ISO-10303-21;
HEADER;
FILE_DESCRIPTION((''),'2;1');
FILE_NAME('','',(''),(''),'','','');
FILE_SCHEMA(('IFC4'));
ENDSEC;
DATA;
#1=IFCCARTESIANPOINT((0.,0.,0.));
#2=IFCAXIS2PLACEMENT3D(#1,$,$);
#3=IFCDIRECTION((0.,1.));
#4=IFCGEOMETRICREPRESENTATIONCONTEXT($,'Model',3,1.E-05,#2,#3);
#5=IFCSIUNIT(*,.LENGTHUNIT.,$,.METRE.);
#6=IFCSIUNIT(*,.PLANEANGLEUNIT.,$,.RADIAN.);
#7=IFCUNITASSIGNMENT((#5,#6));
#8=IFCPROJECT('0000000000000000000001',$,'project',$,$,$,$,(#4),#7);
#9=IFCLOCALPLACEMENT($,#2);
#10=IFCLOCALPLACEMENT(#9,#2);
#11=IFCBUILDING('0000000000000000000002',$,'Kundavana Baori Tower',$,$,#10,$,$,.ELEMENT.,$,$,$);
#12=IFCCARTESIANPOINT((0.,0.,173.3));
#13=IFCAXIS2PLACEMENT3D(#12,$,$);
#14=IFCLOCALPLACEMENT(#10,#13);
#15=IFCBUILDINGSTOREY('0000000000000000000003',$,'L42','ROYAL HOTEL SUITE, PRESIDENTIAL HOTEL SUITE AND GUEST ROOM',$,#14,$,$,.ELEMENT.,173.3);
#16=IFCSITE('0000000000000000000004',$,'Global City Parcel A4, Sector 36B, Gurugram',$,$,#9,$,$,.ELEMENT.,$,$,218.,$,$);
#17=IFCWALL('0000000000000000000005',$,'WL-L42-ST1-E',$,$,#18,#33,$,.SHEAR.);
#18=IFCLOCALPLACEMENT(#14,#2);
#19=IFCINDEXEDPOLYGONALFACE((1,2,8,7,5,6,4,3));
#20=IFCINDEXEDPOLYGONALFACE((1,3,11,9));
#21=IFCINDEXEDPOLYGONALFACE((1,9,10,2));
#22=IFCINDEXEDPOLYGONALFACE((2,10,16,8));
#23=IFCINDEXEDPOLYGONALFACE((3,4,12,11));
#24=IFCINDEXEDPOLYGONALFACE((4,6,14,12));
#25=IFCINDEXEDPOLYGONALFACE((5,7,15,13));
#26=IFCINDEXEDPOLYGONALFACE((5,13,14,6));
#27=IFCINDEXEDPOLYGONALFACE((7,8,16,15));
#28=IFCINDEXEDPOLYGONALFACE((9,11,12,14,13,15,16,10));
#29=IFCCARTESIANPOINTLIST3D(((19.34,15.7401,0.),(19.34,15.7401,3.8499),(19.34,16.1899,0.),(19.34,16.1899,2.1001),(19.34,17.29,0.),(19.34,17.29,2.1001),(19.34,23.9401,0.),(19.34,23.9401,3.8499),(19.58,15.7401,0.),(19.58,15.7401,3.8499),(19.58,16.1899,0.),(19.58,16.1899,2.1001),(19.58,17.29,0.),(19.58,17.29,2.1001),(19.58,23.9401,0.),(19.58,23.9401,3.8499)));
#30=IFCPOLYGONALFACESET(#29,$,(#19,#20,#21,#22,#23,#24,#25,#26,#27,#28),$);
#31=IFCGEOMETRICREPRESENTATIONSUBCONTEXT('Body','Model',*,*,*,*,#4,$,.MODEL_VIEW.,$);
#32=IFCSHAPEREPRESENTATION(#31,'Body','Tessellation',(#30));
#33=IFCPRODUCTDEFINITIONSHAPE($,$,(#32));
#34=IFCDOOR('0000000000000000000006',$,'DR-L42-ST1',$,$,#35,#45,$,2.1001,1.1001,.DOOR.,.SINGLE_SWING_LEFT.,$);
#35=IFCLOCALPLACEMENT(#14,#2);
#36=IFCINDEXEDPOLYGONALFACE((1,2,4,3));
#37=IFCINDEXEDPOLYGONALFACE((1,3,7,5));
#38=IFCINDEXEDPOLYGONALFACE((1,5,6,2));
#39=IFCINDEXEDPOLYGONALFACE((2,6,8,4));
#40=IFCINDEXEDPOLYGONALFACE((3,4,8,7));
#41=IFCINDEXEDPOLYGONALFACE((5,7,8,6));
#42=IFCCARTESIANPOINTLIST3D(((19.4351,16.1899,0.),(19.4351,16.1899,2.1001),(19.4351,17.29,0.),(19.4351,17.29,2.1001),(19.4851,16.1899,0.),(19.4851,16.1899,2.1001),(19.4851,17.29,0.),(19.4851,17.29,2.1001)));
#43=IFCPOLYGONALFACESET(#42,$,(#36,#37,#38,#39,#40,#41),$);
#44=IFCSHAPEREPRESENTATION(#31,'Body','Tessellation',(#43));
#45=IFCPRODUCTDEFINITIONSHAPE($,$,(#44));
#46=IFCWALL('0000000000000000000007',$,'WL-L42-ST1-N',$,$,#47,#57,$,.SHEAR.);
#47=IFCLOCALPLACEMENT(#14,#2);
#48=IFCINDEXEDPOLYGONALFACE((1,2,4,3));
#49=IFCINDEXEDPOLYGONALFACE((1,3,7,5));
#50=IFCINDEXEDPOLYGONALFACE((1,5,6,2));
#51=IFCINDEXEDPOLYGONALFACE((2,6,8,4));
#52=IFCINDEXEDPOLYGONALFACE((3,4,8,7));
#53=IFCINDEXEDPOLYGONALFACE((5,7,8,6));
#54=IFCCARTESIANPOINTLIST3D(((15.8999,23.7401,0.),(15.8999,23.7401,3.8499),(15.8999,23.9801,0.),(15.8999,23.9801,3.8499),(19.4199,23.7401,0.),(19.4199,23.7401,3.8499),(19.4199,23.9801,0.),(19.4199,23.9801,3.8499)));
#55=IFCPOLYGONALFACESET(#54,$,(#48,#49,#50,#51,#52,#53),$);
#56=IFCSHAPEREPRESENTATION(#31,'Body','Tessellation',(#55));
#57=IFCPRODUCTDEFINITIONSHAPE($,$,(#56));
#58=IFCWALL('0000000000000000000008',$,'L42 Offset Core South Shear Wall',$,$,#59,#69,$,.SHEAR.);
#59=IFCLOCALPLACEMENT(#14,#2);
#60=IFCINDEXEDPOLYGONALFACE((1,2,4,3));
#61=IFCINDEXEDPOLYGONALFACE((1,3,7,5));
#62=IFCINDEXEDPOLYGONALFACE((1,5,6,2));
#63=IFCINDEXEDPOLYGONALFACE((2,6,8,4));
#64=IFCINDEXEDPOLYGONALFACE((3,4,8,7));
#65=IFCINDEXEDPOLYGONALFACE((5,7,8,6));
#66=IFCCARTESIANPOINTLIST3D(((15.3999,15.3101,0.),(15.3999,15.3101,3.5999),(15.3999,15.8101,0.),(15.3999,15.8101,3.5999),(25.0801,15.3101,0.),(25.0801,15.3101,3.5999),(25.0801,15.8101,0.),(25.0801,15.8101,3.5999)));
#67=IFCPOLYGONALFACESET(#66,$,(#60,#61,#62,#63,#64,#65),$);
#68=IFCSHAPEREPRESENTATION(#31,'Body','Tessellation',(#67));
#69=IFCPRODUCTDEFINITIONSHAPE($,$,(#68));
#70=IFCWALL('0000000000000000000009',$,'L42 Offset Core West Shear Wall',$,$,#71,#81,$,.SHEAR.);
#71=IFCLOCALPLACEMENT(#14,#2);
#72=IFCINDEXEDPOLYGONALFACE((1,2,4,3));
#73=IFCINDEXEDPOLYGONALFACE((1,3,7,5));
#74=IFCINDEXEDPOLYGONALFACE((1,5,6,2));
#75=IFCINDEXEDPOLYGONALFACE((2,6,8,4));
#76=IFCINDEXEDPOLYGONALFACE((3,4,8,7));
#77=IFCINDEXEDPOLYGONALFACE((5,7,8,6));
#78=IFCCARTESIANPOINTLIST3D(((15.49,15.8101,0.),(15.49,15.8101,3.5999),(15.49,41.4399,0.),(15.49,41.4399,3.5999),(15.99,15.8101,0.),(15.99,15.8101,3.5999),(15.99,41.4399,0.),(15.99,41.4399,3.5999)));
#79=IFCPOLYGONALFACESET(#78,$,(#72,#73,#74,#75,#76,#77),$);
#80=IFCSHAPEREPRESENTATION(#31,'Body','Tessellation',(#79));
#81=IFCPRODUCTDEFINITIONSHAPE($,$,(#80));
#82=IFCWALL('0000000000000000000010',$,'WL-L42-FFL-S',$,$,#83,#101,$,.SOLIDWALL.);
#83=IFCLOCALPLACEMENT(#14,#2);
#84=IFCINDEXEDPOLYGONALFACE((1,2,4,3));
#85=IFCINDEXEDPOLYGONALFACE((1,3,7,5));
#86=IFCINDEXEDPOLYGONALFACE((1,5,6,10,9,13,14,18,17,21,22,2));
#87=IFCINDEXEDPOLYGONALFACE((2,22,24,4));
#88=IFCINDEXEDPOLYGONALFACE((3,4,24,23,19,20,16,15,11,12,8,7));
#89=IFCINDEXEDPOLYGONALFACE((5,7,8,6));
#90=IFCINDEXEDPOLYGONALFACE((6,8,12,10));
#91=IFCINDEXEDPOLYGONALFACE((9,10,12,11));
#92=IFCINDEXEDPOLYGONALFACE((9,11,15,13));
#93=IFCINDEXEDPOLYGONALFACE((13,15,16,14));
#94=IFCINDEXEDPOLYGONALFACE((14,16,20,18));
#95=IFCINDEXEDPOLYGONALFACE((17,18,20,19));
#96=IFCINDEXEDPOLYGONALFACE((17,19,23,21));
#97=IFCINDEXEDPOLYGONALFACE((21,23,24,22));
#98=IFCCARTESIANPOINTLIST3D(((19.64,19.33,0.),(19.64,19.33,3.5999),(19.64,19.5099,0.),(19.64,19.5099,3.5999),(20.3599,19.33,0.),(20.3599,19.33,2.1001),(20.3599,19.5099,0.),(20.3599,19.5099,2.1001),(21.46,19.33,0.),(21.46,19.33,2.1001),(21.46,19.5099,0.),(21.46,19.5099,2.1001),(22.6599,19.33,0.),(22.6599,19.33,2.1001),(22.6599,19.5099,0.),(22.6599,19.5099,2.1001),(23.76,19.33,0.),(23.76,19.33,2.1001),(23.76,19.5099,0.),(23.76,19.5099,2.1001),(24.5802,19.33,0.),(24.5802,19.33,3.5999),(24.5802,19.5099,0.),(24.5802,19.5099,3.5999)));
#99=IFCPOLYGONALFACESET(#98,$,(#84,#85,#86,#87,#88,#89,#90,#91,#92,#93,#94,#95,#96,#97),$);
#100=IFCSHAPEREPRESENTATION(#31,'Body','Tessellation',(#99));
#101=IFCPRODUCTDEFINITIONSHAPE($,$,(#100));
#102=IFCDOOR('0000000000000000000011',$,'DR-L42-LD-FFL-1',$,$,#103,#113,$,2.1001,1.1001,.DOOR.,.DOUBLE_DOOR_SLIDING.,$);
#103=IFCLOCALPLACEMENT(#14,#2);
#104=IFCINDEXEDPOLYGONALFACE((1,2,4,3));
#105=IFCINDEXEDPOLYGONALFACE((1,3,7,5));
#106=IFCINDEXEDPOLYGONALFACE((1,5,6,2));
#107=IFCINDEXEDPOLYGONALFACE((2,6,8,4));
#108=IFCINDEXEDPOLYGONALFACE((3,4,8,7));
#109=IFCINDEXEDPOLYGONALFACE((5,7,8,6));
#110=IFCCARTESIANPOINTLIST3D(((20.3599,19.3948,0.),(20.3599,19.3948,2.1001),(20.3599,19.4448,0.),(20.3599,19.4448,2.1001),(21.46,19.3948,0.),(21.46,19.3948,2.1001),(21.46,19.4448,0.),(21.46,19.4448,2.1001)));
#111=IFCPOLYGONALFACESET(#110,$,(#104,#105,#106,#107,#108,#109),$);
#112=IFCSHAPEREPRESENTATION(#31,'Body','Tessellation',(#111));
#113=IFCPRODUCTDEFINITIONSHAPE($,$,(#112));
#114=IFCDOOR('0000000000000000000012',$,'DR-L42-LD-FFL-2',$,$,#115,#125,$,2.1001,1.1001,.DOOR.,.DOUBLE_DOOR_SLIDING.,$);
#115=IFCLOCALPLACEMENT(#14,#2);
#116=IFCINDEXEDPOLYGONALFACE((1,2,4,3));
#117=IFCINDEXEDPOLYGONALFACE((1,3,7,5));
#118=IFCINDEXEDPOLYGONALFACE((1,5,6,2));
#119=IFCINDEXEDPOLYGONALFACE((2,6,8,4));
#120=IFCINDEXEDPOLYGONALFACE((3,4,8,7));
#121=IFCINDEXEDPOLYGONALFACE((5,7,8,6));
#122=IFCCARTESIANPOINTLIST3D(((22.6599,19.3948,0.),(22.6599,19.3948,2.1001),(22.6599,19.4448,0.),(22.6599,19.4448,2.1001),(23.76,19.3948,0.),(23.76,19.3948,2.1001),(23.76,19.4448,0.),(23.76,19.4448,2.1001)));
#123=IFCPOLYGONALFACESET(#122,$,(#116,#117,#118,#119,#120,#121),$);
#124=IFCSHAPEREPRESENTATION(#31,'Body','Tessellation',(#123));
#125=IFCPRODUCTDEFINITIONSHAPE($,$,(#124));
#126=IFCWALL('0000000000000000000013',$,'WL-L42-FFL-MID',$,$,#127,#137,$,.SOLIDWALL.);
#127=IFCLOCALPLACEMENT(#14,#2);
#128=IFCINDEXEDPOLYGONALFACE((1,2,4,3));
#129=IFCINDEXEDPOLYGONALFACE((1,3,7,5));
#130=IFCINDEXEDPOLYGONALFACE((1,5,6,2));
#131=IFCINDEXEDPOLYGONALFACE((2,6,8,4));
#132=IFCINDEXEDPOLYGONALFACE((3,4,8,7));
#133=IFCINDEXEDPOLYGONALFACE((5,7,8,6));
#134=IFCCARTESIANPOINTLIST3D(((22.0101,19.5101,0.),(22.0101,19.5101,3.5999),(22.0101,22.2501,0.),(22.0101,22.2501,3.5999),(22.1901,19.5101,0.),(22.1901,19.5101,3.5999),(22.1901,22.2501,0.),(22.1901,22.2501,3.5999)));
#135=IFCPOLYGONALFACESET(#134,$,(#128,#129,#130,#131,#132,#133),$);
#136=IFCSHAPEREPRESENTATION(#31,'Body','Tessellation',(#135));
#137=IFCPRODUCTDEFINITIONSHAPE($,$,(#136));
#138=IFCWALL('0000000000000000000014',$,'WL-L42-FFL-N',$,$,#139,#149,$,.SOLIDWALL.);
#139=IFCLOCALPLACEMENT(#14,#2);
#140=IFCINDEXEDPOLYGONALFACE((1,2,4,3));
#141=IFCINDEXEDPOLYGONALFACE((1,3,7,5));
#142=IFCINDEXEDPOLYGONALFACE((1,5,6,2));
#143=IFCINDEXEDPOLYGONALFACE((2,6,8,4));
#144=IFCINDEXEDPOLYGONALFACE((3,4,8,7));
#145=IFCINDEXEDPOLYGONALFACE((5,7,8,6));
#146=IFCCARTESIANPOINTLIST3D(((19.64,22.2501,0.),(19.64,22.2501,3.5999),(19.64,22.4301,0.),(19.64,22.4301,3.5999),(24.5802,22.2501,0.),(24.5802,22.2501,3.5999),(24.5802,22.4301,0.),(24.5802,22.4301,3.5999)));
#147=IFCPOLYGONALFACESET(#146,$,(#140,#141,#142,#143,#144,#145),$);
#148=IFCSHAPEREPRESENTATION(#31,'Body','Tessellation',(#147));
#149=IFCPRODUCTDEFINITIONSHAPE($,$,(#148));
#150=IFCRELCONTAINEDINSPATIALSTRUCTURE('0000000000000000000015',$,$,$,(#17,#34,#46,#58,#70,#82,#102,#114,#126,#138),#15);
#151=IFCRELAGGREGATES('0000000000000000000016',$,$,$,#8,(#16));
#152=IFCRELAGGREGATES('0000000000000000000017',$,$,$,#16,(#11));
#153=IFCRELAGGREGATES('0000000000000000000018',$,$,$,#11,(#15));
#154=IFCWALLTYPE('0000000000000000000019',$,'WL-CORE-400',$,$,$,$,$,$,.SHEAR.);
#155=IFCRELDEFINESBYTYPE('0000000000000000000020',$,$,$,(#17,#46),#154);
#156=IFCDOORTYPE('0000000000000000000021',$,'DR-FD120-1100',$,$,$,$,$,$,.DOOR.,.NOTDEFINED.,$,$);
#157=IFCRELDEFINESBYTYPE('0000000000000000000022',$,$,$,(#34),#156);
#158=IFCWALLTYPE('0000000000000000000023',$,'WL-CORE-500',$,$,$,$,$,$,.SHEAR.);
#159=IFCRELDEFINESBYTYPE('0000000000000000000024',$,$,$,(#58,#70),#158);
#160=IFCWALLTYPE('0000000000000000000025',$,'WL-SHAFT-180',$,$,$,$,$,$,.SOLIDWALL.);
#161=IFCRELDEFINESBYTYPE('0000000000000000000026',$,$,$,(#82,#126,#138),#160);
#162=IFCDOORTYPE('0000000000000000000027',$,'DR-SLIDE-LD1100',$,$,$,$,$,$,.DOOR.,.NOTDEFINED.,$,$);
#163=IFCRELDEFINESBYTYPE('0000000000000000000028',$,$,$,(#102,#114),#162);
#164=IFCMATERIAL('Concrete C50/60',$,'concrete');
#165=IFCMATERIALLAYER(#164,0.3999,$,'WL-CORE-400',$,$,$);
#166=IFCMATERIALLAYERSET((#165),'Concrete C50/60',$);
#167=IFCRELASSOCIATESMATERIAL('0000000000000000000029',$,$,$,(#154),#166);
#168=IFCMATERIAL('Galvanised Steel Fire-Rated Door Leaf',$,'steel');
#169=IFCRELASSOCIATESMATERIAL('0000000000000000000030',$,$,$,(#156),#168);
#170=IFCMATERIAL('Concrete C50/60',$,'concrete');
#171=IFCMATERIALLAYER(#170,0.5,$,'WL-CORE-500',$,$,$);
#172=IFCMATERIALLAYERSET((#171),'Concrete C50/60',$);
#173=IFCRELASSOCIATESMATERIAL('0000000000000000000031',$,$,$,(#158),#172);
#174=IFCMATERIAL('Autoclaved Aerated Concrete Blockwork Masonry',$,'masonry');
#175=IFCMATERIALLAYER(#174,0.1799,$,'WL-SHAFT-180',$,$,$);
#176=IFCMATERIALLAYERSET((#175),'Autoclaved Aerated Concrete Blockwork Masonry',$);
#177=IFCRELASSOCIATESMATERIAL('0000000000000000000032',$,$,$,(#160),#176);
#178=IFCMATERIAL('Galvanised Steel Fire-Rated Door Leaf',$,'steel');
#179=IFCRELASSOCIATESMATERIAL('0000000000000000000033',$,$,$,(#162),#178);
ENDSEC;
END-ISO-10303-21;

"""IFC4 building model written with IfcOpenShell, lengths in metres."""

from ifc_helpers import new_model, si_unit, direction, frame, frame_2d, origin, place, context, subcontext, project, spatial, rectangle, extrude, material, layer, layer_set, type_object, element, fill, save


model = new_model("IFC4")

# Units and contexts
model_context = context("Model", 3, precision=1e-05, world=origin(), true_north=direction((0.0, 1.0)))
body_context = subcontext(model_context, "Body", "Model", "MODEL_VIEW")
ifc_project = project(units=[si_unit("LENGTHUNIT", "METRE"), si_unit("PLANEANGLEUNIT", "RADIAN")], contexts=[model_context])

# Site, building, storey
site_placement = place(None, origin())
site = spatial("IfcSite", under=ifc_project, at=site_placement, Name="Global City Parcel A4, Sector 36B, Gurugram", CompositionType="ELEMENT", RefElevation=218.0)
building_placement = place(site_placement, origin())
building = spatial("IfcBuilding", under=site, at=building_placement, Name="Kundavana Baori Tower", CompositionType="ELEMENT")
storey_placement = place(building_placement, frame((0.0, 0.0, 173.3)))
storey = spatial("IfcBuildingStorey", under=building, at=storey_placement, Name="L42", Description="ROYAL HOTEL SUITE, PRESIDENTIAL HOTEL SUITE AND GUEST ROOM", CompositionType="ELEMENT", Elevation=173.3)

# Wall, opening, door
ifc_material_1 = material(Name="Concrete C50/60", Category="concrete")
ifc_layer_1 = layer(ifc_material_1, 0.3999, Name="WL-CORE-400")
ifc_layer_set_1 = layer_set([ifc_layer_1], Name="Concrete C50/60")
wall_type_1 = type_object("IfcWallType", Name="WL-CORE-400", PredefinedType="SHEAR", material=ifc_layer_set_1)
wall_1_placement = place(storey_placement, frame((19.46, 15.74, 0.0), z_axis=(0.0, 0.0, 1.0), x_axis=(0.0, 1.0, 0.0)))
wall_1 = element("IfcWall", 1, at=wall_1_placement, inside=storey, type_object=wall_type_1, Name="WL-L42-ST1-E", PredefinedType="SHEAR", context=body_context, shape_type="SweptSolid", body=[
    extrude(rectangle(XDim=8.2, YDim=0.24, at=frame_2d((4.1001, 0.0))), origin(), (0.0, 0.0, 1.0), 3.8499),
])
opening_1_placement = place(wall_1_placement, frame((0.45, 0.0, 0.0)))
opening_1 = element("IfcOpeningElement", 2, at=opening_1_placement, cuts=wall_1, PredefinedType="OPENING", context=body_context, shape_type="SweptSolid", body=[
    extrude(rectangle(XDim=1.1001, YDim=2.1001, at=frame_2d((0.55, 1.05))), frame((0.0, 0.1299, 0.0), z_axis=(0.0, -1.0, 0.0), x_axis=(1.0, 0.0, 0.0)), (0.0, 0.0, 1.0), 0.26),
])
ifc_material_2 = material(Name="Galvanised Steel Fire-Rated Door Leaf", Category="steel")
door_type_1 = type_object("IfcDoorType", Name="DR-FD120-1100", OperationType="NOTDEFINED", PredefinedType="DOOR", material=ifc_material_2)
door_1_placement = place(opening_1_placement, origin())
door_1 = element("IfcDoor", 3, at=door_1_placement, inside=storey, type_object=door_type_1, Name="DR-L42-ST1", OperationType="SINGLE_SWING_LEFT", OverallHeight=2.1001, OverallWidth=1.1001, PredefinedType="DOOR", context=body_context, shape_type="SweptSolid", body=[
    extrude(rectangle(XDim=1.1001, YDim=2.1001, at=frame_2d((0.55, 1.05))), frame((0.0, 0.0249, 0.0), z_axis=(0.0, -1.0, 0.0), x_axis=(1.0, 0.0, 0.0)), (0.0, 0.0, 1.0), 0.05),
])
fill(opening_1, door_1)

# Walls
wall_2_placement = place(storey_placement, frame((15.8999, 23.8601, 0.0), z_axis=(0.0, 0.0, 1.0), x_axis=(1.0, 0.0, 0.0)))
element("IfcWall", 4, at=wall_2_placement, inside=storey, type_object=wall_type_1, Name="WL-L42-ST1-N", PredefinedType="SHEAR", context=body_context, shape_type="SweptSolid", body=[
    extrude(rectangle(XDim=3.52, YDim=0.24, at=frame_2d((1.76, 0.0))), origin(), (0.0, 0.0, 1.0), 3.8499),
])
ifc_material_3 = material(Name="Concrete C50/60", Category="concrete")
ifc_layer_2 = layer(ifc_material_3, 0.5, Name="WL-CORE-500")
ifc_layer_set_2 = layer_set([ifc_layer_2], Name="Concrete C50/60")
wall_type_2 = type_object("IfcWallType", Name="WL-CORE-500", PredefinedType="SHEAR", material=ifc_layer_set_2)
wall_3_placement = place(storey_placement, frame((15.3999, 15.5601, 0.0), z_axis=(0.0, 0.0, 1.0), x_axis=(1.0, 0.0, 0.0)))
element("IfcWall", 5, at=wall_3_placement, inside=storey, type_object=wall_type_2, Name="L42 Offset Core South Shear Wall", PredefinedType="SHEAR", context=body_context, shape_type="SweptSolid", body=[
    extrude(rectangle(XDim=9.6802, YDim=0.5, at=frame_2d((4.8401, 0.0))), origin(), (0.0, 0.0, 1.0), 3.5999),
])
wall_4_placement = place(storey_placement, frame((15.74, 15.8101, 0.0), z_axis=(0.0, 0.0, 1.0), x_axis=(0.0, 1.0, 0.0)))
element("IfcWall", 6, at=wall_4_placement, inside=storey, type_object=wall_type_2, Name="L42 Offset Core West Shear Wall", PredefinedType="SHEAR", context=body_context, shape_type="SweptSolid", body=[
    extrude(rectangle(XDim=25.6299, YDim=0.5, at=frame_2d((12.8149, 0.0))), origin(), (0.0, 0.0, 1.0), 3.5999),
])

# Wall, openings, doors
ifc_material_4 = material(Name="Autoclaved Aerated Concrete Blockwork Masonry", Category="masonry")
ifc_layer_3 = layer(ifc_material_4, 0.1799, Name="WL-SHAFT-180")
ifc_layer_set_3 = layer_set([ifc_layer_3], Name="Autoclaved Aerated Concrete Blockwork Masonry")
wall_type_3 = type_object("IfcWallType", Name="WL-SHAFT-180", PredefinedType="SOLIDWALL", material=ifc_layer_set_3)
wall_5_placement = place(storey_placement, frame((19.6399, 19.4199, 0.0), z_axis=(0.0, 0.0, 1.0), x_axis=(1.0, 0.0, 0.0)))
wall_5 = element("IfcWall", 7, at=wall_5_placement, inside=storey, type_object=wall_type_3, Name="WL-L42-FFL-S", PredefinedType="SOLIDWALL", context=body_context, shape_type="SweptSolid", body=[
    extrude(rectangle(XDim=4.9402, YDim=0.1799, at=frame_2d((2.4702, 0.0))), origin(), (0.0, 0.0, 1.0), 3.5999),
])
opening_2_placement = place(wall_5_placement, frame((0.72, 0.0, 0.0)))
opening_2 = element("IfcOpeningElement", 8, at=opening_2_placement, cuts=wall_5, PredefinedType="OPENING", context=body_context, shape_type="SweptSolid", body=[
    extrude(rectangle(XDim=1.1001, YDim=2.1001, at=frame_2d((0.55, 1.05))), frame((0.0, 0.1001, 0.0), z_axis=(0.0, -1.0, 0.0), x_axis=(1.0, 0.0, 0.0)), (0.0, 0.0, 1.0), 0.2),
])
opening_3_placement = place(wall_5_placement, frame((3.02, 0.0, 0.0)))
opening_3 = element("IfcOpeningElement", 9, at=opening_3_placement, cuts=wall_5, PredefinedType="OPENING", context=body_context, shape_type="SweptSolid", body=[
    extrude(rectangle(XDim=1.1001, YDim=2.1001, at=frame_2d((0.55, 1.05))), frame((0.0, 0.1001, 0.0), z_axis=(0.0, -1.0, 0.0), x_axis=(1.0, 0.0, 0.0)), (0.0, 0.0, 1.0), 0.2),
])
ifc_material_5 = material(Name="Galvanised Steel Fire-Rated Door Leaf", Category="steel")
door_type_2 = type_object("IfcDoorType", Name="DR-SLIDE-LD1100", OperationType="NOTDEFINED", PredefinedType="DOOR", material=ifc_material_5)
door_2_placement = place(opening_2_placement, origin())
door_2 = element("IfcDoor", 10, at=door_2_placement, inside=storey, type_object=door_type_2, Name="DR-L42-LD-FFL-1", OperationType="DOUBLE_DOOR_SLIDING", OverallHeight=2.1001, OverallWidth=1.1001, PredefinedType="DOOR", context=body_context, shape_type="SweptSolid", body=[
    extrude(rectangle(XDim=1.1001, YDim=2.1001, at=frame_2d((0.55, 1.05))), frame((0.0, 0.0249, 0.0), z_axis=(0.0, -1.0, 0.0), x_axis=(1.0, 0.0, 0.0)), (0.0, 0.0, 1.0), 0.05),
])
fill(opening_2, door_2)
door_3_placement = place(opening_3_placement, origin())
door_3 = element("IfcDoor", 11, at=door_3_placement, inside=storey, type_object=door_type_2, Name="DR-L42-LD-FFL-2", OperationType="DOUBLE_DOOR_SLIDING", OverallHeight=2.1001, OverallWidth=1.1001, PredefinedType="DOOR", context=body_context, shape_type="SweptSolid", body=[
    extrude(rectangle(XDim=1.1001, YDim=2.1001, at=frame_2d((0.55, 1.05))), frame((0.0, 0.0249, 0.0), z_axis=(0.0, -1.0, 0.0), x_axis=(1.0, 0.0, 0.0)), (0.0, 0.0, 1.0), 0.05),
])
fill(opening_3, door_3)

# Walls
wall_6_placement = place(storey_placement, frame((22.1001, 19.51, 0.0), z_axis=(0.0, 0.0, 1.0), x_axis=(0.0, 1.0, 0.0)))
element("IfcWall", 12, at=wall_6_placement, inside=storey, type_object=wall_type_3, Name="WL-L42-FFL-MID", PredefinedType="SOLIDWALL", context=body_context, shape_type="SweptSolid", body=[
    extrude(rectangle(XDim=2.74, YDim=0.1799, at=frame_2d((1.3701, 0.0))), origin(), (0.0, 0.0, 1.0), 3.5999),
])
wall_7_placement = place(storey_placement, frame((19.6399, 22.3401, 0.0), z_axis=(0.0, 0.0, 1.0), x_axis=(1.0, 0.0, 0.0)))
element("IfcWall", 13, at=wall_7_placement, inside=storey, type_object=wall_type_3, Name="WL-L42-FFL-N", PredefinedType="SOLIDWALL", context=body_context, shape_type="SweptSolid", body=[
    extrude(rectangle(XDim=4.9402, YDim=0.1799, at=frame_2d((2.4702, 0.0))), origin(), (0.0, 0.0, 1.0), 3.5999),
])

save(model, "model.ifc")
